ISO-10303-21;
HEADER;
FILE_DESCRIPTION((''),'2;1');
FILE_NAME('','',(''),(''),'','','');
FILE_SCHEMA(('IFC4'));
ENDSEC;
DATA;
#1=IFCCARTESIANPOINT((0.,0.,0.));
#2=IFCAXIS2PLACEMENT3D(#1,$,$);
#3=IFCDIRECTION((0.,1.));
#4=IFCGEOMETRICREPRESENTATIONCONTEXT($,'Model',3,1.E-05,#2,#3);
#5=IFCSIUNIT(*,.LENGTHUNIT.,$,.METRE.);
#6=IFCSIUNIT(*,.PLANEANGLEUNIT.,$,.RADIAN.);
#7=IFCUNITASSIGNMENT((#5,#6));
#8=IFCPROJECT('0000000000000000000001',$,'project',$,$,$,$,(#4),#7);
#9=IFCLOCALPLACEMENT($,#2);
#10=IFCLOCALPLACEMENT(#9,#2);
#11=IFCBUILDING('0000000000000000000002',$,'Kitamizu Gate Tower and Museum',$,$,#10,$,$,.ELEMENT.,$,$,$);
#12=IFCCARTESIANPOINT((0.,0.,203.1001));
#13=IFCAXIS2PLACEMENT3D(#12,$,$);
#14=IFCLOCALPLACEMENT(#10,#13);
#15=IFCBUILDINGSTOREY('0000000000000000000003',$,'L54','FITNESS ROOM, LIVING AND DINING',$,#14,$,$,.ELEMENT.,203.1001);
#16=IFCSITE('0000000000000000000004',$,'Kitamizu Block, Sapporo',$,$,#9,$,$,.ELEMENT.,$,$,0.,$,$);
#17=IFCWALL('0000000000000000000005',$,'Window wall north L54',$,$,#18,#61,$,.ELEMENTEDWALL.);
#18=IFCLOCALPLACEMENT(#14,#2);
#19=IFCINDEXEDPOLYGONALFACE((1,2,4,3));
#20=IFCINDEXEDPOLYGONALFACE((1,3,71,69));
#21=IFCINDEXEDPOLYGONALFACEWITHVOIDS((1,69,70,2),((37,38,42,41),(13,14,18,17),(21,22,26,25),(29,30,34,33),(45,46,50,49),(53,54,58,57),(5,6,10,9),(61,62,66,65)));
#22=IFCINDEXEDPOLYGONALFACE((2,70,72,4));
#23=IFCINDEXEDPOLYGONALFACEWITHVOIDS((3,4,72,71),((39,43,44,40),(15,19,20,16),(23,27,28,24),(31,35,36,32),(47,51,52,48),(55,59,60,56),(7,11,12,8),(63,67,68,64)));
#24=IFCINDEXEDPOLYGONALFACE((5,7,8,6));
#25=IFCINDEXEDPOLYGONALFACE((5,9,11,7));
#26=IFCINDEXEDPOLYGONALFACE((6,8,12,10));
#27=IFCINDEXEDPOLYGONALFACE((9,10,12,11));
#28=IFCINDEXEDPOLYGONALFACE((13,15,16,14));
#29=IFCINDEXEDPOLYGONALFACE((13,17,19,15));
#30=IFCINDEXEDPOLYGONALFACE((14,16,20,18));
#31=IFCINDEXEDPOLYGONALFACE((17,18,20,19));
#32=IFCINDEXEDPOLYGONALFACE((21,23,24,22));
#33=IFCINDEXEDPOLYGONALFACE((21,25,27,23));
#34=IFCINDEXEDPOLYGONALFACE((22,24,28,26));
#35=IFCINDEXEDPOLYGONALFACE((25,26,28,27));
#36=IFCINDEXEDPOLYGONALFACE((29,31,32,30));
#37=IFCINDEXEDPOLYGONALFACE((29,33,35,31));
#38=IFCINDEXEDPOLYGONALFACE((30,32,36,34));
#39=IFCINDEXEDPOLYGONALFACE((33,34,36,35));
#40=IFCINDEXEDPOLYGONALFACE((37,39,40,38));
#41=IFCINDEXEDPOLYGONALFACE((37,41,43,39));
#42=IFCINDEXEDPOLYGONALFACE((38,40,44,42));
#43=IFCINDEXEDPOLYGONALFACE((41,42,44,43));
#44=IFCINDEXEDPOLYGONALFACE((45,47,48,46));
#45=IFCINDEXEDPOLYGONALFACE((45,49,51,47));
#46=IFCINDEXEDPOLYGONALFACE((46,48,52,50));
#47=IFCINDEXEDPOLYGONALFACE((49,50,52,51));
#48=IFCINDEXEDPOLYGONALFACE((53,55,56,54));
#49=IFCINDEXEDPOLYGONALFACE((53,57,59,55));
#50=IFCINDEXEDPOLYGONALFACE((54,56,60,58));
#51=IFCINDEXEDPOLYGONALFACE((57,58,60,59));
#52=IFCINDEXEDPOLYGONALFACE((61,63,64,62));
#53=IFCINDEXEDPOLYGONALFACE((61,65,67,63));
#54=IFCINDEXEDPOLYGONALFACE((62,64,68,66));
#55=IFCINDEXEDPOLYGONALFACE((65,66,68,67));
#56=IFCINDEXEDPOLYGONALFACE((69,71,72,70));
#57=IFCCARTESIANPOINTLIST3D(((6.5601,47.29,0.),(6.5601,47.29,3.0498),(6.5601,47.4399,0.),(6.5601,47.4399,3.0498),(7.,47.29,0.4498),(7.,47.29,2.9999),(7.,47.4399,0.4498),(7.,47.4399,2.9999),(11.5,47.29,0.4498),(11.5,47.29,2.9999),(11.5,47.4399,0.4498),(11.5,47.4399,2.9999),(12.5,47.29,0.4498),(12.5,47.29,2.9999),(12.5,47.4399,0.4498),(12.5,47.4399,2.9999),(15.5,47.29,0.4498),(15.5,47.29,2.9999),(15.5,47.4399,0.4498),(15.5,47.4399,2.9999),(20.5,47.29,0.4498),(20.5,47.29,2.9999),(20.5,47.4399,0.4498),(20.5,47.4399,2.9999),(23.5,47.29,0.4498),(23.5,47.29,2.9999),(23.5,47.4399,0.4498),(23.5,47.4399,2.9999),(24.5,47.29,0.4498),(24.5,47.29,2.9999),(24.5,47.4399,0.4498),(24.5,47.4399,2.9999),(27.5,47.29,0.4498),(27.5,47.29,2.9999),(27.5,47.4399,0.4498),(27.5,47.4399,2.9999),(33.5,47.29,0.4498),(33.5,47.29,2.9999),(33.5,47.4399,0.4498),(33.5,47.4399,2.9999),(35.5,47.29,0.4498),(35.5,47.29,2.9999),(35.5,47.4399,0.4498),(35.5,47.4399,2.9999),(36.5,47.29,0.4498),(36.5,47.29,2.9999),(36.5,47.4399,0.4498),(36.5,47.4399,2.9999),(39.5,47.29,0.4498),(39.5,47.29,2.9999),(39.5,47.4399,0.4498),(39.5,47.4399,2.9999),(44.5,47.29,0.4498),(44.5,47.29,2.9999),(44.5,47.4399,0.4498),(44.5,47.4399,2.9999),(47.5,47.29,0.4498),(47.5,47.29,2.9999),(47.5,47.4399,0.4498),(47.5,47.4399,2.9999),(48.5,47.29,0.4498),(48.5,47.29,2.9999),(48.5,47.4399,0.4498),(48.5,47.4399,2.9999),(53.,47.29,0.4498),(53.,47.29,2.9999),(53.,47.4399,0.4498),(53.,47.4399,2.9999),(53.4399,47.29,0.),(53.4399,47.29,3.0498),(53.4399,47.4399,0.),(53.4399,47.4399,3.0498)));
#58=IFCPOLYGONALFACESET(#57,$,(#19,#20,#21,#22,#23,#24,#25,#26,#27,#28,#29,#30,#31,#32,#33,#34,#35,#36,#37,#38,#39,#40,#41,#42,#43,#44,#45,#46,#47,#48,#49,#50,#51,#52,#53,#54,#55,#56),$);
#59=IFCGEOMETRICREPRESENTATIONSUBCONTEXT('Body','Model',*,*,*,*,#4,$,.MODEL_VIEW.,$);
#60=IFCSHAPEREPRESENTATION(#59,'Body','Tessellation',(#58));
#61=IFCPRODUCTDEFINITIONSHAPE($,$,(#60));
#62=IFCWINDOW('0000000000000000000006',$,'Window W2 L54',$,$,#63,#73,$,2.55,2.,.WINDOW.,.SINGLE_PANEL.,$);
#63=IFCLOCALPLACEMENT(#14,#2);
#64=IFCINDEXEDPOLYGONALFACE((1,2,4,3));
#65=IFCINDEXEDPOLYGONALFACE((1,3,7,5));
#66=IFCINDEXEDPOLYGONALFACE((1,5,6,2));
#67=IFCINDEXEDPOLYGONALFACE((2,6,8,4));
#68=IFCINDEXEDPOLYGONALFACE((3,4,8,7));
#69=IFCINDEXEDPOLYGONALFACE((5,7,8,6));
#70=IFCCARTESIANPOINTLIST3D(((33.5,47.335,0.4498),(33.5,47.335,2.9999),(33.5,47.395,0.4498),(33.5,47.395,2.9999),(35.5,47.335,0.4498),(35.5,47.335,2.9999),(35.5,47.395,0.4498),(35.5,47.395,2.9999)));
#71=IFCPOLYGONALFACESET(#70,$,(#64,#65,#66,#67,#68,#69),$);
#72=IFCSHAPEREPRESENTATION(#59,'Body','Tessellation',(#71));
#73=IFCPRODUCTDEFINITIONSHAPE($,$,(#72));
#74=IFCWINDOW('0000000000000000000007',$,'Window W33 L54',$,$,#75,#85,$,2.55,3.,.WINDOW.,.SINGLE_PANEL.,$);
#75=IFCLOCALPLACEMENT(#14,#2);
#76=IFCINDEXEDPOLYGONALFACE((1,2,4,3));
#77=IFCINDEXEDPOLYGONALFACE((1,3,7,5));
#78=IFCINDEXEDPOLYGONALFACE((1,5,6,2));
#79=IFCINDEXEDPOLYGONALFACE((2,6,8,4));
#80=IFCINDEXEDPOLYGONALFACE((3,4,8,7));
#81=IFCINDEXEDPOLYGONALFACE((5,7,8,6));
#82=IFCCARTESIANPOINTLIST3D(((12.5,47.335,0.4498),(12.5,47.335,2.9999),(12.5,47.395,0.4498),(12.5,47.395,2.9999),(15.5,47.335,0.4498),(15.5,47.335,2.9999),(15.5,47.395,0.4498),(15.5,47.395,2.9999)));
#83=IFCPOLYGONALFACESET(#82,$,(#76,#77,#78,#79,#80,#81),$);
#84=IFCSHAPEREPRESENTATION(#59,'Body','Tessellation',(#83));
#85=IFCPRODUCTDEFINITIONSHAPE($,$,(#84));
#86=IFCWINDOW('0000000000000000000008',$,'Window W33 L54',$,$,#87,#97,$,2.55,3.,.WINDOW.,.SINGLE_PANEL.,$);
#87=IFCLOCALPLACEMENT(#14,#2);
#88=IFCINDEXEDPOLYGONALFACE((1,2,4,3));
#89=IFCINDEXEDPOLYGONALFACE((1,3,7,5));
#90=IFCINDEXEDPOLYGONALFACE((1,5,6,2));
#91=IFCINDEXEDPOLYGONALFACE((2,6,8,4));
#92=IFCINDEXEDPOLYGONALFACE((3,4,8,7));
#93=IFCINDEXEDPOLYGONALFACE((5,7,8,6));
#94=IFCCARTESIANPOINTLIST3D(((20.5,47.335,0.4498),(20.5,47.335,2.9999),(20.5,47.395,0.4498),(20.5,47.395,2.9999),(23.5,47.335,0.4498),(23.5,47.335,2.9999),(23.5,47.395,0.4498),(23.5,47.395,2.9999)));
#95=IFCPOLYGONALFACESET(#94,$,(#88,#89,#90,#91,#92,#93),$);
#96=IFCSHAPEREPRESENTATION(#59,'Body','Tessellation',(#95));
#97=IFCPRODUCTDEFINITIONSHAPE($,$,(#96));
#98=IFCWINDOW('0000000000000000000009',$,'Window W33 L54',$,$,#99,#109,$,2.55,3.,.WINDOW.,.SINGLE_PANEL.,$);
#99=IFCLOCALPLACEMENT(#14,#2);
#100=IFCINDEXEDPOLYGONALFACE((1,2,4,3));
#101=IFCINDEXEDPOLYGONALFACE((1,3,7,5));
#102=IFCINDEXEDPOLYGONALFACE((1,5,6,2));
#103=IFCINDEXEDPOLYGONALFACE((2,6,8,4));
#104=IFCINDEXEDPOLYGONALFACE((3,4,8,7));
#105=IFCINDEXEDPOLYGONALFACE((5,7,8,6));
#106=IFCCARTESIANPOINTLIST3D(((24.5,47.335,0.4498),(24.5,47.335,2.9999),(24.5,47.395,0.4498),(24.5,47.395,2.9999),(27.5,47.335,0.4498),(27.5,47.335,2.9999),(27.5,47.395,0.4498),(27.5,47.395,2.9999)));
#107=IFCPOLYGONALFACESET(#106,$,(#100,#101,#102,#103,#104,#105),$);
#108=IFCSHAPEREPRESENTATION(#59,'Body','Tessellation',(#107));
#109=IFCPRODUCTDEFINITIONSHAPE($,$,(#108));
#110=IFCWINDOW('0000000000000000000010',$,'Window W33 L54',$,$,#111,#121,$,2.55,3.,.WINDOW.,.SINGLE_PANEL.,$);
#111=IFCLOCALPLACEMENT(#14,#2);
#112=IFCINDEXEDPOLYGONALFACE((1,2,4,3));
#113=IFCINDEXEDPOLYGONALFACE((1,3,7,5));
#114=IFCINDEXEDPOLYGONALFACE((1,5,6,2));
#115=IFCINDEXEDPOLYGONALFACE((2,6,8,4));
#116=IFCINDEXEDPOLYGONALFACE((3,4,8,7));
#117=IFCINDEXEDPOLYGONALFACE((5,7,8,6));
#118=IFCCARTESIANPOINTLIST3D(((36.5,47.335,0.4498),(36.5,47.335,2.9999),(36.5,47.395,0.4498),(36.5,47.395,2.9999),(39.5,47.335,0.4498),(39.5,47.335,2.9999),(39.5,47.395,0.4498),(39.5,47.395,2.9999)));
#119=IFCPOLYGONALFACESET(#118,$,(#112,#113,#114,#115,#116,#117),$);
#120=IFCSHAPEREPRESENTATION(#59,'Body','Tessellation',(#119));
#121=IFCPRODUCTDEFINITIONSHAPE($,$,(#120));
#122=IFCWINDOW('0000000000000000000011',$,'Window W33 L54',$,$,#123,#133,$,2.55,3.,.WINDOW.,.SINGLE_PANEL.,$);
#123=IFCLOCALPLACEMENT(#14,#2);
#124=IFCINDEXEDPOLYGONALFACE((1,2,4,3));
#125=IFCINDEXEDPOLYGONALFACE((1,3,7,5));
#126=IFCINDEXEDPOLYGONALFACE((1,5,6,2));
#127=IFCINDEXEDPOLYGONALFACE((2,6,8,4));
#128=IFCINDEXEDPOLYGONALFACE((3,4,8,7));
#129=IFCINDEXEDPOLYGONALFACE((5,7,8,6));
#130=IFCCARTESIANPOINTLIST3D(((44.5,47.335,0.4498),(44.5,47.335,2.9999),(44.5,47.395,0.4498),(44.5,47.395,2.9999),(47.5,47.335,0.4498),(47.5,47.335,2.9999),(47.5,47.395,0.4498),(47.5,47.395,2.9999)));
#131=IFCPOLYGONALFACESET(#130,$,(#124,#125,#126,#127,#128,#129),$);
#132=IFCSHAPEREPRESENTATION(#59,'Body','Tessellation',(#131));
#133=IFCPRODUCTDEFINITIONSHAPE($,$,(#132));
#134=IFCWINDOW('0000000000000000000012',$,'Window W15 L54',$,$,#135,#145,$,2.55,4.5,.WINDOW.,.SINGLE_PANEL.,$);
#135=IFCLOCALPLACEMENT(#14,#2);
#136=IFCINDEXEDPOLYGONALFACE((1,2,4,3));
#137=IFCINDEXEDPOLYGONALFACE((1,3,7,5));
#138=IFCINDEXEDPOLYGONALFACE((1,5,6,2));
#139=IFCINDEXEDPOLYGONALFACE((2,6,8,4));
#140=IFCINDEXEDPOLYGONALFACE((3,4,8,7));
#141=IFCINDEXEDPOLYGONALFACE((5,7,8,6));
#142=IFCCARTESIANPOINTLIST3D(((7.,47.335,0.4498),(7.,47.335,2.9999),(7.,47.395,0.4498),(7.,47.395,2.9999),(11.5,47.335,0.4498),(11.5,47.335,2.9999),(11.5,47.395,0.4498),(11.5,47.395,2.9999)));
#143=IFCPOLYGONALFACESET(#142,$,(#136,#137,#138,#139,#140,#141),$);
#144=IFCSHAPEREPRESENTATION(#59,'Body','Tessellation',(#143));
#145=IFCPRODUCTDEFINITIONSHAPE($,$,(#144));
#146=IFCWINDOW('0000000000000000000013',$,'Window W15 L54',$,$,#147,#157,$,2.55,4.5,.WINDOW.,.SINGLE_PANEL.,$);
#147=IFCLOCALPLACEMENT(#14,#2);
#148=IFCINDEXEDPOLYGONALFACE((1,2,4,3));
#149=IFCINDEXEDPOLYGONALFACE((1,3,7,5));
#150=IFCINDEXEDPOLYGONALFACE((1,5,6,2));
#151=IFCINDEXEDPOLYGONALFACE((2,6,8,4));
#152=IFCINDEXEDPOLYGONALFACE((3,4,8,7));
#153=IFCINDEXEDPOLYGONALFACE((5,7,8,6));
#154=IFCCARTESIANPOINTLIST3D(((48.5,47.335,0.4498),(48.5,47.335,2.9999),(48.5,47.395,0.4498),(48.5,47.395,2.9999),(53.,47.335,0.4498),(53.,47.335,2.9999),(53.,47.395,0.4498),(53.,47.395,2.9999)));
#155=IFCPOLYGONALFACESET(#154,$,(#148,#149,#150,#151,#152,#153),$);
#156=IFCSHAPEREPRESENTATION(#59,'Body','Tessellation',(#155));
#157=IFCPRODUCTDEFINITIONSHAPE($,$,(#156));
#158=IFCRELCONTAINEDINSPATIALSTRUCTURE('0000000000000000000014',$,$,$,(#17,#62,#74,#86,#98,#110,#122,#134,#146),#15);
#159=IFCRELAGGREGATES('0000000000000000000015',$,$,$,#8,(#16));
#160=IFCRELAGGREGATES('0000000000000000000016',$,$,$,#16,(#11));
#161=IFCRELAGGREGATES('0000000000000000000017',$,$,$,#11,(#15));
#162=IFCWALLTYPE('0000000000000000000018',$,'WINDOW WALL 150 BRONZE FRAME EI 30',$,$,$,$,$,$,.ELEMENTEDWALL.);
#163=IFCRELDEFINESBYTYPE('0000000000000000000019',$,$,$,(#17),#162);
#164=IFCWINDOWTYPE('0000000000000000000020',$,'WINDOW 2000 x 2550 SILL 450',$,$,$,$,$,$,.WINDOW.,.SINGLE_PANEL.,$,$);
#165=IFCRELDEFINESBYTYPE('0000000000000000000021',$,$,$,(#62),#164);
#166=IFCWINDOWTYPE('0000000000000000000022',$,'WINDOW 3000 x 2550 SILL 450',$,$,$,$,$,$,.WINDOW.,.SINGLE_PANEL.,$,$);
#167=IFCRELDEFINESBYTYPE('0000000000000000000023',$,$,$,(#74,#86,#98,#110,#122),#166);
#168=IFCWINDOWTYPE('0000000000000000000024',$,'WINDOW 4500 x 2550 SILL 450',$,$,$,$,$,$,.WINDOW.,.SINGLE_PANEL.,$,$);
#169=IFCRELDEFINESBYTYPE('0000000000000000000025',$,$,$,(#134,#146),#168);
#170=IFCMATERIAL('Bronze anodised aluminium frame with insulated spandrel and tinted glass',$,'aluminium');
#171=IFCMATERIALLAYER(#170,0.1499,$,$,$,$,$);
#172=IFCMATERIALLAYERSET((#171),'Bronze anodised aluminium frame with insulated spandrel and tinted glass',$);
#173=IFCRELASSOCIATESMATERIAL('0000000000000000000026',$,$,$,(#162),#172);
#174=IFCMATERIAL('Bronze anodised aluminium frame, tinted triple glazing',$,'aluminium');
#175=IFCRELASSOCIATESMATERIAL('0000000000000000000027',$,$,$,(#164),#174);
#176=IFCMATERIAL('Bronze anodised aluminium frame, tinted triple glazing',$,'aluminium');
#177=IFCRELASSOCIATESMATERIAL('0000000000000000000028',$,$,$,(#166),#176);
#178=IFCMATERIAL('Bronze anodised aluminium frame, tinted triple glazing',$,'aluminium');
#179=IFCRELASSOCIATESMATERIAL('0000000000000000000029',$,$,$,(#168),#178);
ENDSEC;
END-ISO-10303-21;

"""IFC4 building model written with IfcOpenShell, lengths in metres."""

from ifc_helpers import new_model, si_unit, direction, frame, frame_2d, origin, place, context, subcontext, project, spatial, rectangle, extrude, material, layer, layer_set, type_object, element, fill, save


model = new_model("IFC4")

# Units and contexts
model_context = context("Model", 3, precision=1e-05, world=origin(), true_north=direction((0.0, 1.0)))
body_context = subcontext(model_context, "Body", "Model", "MODEL_VIEW")
ifc_project = project(units=[si_unit("LENGTHUNIT", "METRE"), si_unit("PLANEANGLEUNIT", "RADIAN")], contexts=[model_context])

# Site, building, storey
site_placement = place(None, origin())
site = spatial("IfcSite", under=ifc_project, at=site_placement, Name="Kitamizu Block, Sapporo", CompositionType="ELEMENT", RefElevation=0.0)
building_placement = place(site_placement, origin())
building = spatial("IfcBuilding", under=site, at=building_placement, Name="Kitamizu Gate Tower and Museum", CompositionType="ELEMENT")
storey_placement = place(building_placement, frame((0.0, 0.0, 203.1001)))
storey = spatial("IfcBuildingStorey", under=building, at=storey_placement, Name="L54", Description="FITNESS ROOM, LIVING AND DINING", CompositionType="ELEMENT", Elevation=203.1001)

# Wall, openings, windows
ifc_material_1 = material(Name="Bronze anodised aluminium frame with insulated spandrel and tinted glass", Category="aluminium")
ifc_layer_1 = layer(ifc_material_1, 0.1499)
ifc_layer_set_1 = layer_set([ifc_layer_1], Name="Bronze anodised aluminium frame with insulated spandrel and tinted glass")
wall_type_1 = type_object("IfcWallType", Name="WINDOW WALL 150 BRONZE FRAME EI 30", PredefinedType="ELEMENTEDWALL", material=ifc_layer_set_1)
wall_1_placement = place(storey_placement, frame((6.5601, 47.365, 0.0), z_axis=(0.0, 0.0, 1.0), x_axis=(1.0, 0.0, 0.0)))
wall_1 = element("IfcWall", 1, at=wall_1_placement, inside=storey, type_object=wall_type_1, Name="Window wall north L54", PredefinedType="ELEMENTEDWALL", context=body_context, shape_type="SweptSolid", body=[
    extrude(rectangle(XDim=46.8799, YDim=0.1499, at=frame_2d((23.4399, 0.0))), origin(), (0.0, 0.0, 1.0), 3.0498),
])
opening_1_placement = place(wall_1_placement, frame((0.4399, 0.0, 0.45)))
opening_1 = element("IfcOpeningElement", 2, at=opening_1_placement, cuts=wall_1, PredefinedType="OPENING", context=body_context, shape_type="SweptSolid", body=[
    extrude(rectangle(XDim=4.5, YDim=2.55, at=frame_2d((2.25, 1.2749))), frame((0.0, 0.085, 0.0), z_axis=(0.0, -1.0, 0.0), x_axis=(1.0, 0.0, 0.0)), (0.0, 0.0, 1.0), 0.1699),
])
opening_2_placement = place(wall_1_placement, frame((5.9399, 0.0, 0.45)))
opening_2 = element("IfcOpeningElement", 3, at=opening_2_placement, cuts=wall_1, PredefinedType="OPENING", context=body_context, shape_type="SweptSolid", body=[
    extrude(rectangle(XDim=3.0, YDim=2.55, at=frame_2d((1.5, 1.2749))), frame((0.0, 0.085, 0.0), z_axis=(0.0, -1.0, 0.0), x_axis=(1.0, 0.0, 0.0)), (0.0, 0.0, 1.0), 0.1699),
])
opening_3_placement = place(wall_1_placement, frame((13.9399, 0.0, 0.45)))
opening_3 = element("IfcOpeningElement", 4, at=opening_3_placement, cuts=wall_1, PredefinedType="OPENING", context=body_context, shape_type="SweptSolid", body=[
    extrude(rectangle(XDim=3.0, YDim=2.55, at=frame_2d((1.5, 1.2749))), frame((0.0, 0.085, 0.0), z_axis=(0.0, -1.0, 0.0), x_axis=(1.0, 0.0, 0.0)), (0.0, 0.0, 1.0), 0.1699),
])
opening_4_placement = place(wall_1_placement, frame((17.9399, 0.0, 0.45)))
opening_4 = element("IfcOpeningElement", 5, at=opening_4_placement, cuts=wall_1, PredefinedType="OPENING", context=body_context, shape_type="SweptSolid", body=[
    extrude(rectangle(XDim=3.0, YDim=2.55, at=frame_2d((1.5, 1.2749))), frame((0.0, 0.085, 0.0), z_axis=(0.0, -1.0, 0.0), x_axis=(1.0, 0.0, 0.0)), (0.0, 0.0, 1.0), 0.1699),
])
opening_5_placement = place(wall_1_placement, frame((26.9399, 0.0, 0.45)))
opening_5 = element("IfcOpeningElement", 6, at=opening_5_placement, cuts=wall_1, PredefinedType="OPENING", context=body_context, shape_type="SweptSolid", body=[
    extrude(rectangle(XDim=2.0, YDim=2.55, at=frame_2d((1.0, 1.2749))), frame((0.0, 0.085, 0.0), z_axis=(0.0, -1.0, 0.0), x_axis=(1.0, 0.0, 0.0)), (0.0, 0.0, 1.0), 0.1699),
])
opening_6_placement = place(wall_1_placement, frame((29.9399, 0.0, 0.45)))
opening_6 = element("IfcOpeningElement", 7, at=opening_6_placement, cuts=wall_1, PredefinedType="OPENING", context=body_context, shape_type="SweptSolid", body=[
    extrude(rectangle(XDim=3.0, YDim=2.55, at=frame_2d((1.5, 1.2749))), frame((0.0, 0.085, 0.0), z_axis=(0.0, -1.0, 0.0), x_axis=(1.0, 0.0, 0.0)), (0.0, 0.0, 1.0), 0.1699),
])
opening_7_placement = place(wall_1_placement, frame((37.9399, 0.0, 0.45)))
opening_7 = element("IfcOpeningElement", 8, at=opening_7_placement, cuts=wall_1, PredefinedType="OPENING", context=body_context, shape_type="SweptSolid", body=[
    extrude(rectangle(XDim=3.0, YDim=2.55, at=frame_2d((1.5, 1.2749))), frame((0.0, 0.085, 0.0), z_axis=(0.0, -1.0, 0.0), x_axis=(1.0, 0.0, 0.0)), (0.0, 0.0, 1.0), 0.1699),
])
opening_8_placement = place(wall_1_placement, frame((41.9399, 0.0, 0.45)))
opening_8 = element("IfcOpeningElement", 9, at=opening_8_placement, cuts=wall_1, PredefinedType="OPENING", context=body_context, shape_type="SweptSolid", body=[
    extrude(rectangle(XDim=4.5, YDim=2.55, at=frame_2d((2.25, 1.2749))), frame((0.0, 0.085, 0.0), z_axis=(0.0, -1.0, 0.0), x_axis=(1.0, 0.0, 0.0)), (0.0, 0.0, 1.0), 0.1699),
])
ifc_material_2 = material(Name="Bronze anodised aluminium frame, tinted triple glazing", Category="aluminium")
window_type_1 = type_object("IfcWindowType", Name="WINDOW 2000 x 2550 SILL 450", PartitioningType="SINGLE_PANEL", PredefinedType="WINDOW", material=ifc_material_2)
window_1_placement = place(opening_5_placement, origin())
window_1 = element("IfcWindow", 10, at=window_1_placement, inside=storey, type_object=window_type_1, Name="Window W2 L54", OverallHeight=2.55, OverallWidth=2.0, PartitioningType="SINGLE_PANEL", PredefinedType="WINDOW", context=body_context, shape_type="SweptSolid", body=[
    extrude(rectangle(XDim=2.0, YDim=2.55, at=frame_2d((1.0, 1.2749))), frame((0.0, 0.03, 0.0), z_axis=(0.0, -1.0, 0.0), x_axis=(1.0, 0.0, 0.0)), (0.0, 0.0, 1.0), 0.0601),
])
fill(opening_5, window_1)
ifc_material_3 = material(Name="Bronze anodised aluminium frame, tinted triple glazing", Category="aluminium")
window_type_2 = type_object("IfcWindowType", Name="WINDOW 3000 x 2550 SILL 450", PartitioningType="SINGLE_PANEL", PredefinedType="WINDOW", material=ifc_material_3)
window_2_placement = place(opening_2_placement, origin())
window_2 = element("IfcWindow", 11, at=window_2_placement, inside=storey, type_object=window_type_2, Name="Window W33 L54", OverallHeight=2.55, OverallWidth=3.0, PartitioningType="SINGLE_PANEL", PredefinedType="WINDOW", context=body_context, shape_type="SweptSolid", body=[
    extrude(rectangle(XDim=3.0, YDim=2.55, at=frame_2d((1.5, 1.2749))), frame((0.0, 0.03, 0.0), z_axis=(0.0, -1.0, 0.0), x_axis=(1.0, 0.0, 0.0)), (0.0, 0.0, 1.0), 0.0601),
])
fill(opening_2, window_2)
window_3_placement = place(opening_3_placement, origin())
window_3 = element("IfcWindow", 12, at=window_3_placement, inside=storey, type_object=window_type_2, Name="Window W33 L54", OverallHeight=2.55, OverallWidth=3.0, PartitioningType="SINGLE_PANEL", PredefinedType="WINDOW", context=body_context, shape_type="SweptSolid", body=[
    extrude(rectangle(XDim=3.0, YDim=2.55, at=frame_2d((1.5, 1.2749))), frame((0.0, 0.03, 0.0), z_axis=(0.0, -1.0, 0.0), x_axis=(1.0, 0.0, 0.0)), (0.0, 0.0, 1.0), 0.0601),
])
fill(opening_3, window_3)
window_4_placement = place(opening_4_placement, origin())
window_4 = element("IfcWindow", 13, at=window_4_placement, inside=storey, type_object=window_type_2, Name="Window W33 L54", OverallHeight=2.55, OverallWidth=3.0, PartitioningType="SINGLE_PANEL", PredefinedType="WINDOW", context=body_context, shape_type="SweptSolid", body=[
    extrude(rectangle(XDim=3.0, YDim=2.55, at=frame_2d((1.5, 1.2749))), frame((0.0, 0.03, 0.0), z_axis=(0.0, -1.0, 0.0), x_axis=(1.0, 0.0, 0.0)), (0.0, 0.0, 1.0), 0.0601),
])
fill(opening_4, window_4)
window_5_placement = place(opening_6_placement, origin())
window_5 = element("IfcWindow", 14, at=window_5_placement, inside=storey, type_object=window_type_2, Name="Window W33 L54", OverallHeight=2.55, OverallWidth=3.0, PartitioningType="SINGLE_PANEL", PredefinedType="WINDOW", context=body_context, shape_type="SweptSolid", body=[
    extrude(rectangle(XDim=3.0, YDim=2.55, at=frame_2d((1.5, 1.2749))), frame((0.0, 0.03, 0.0), z_axis=(0.0, -1.0, 0.0), x_axis=(1.0, 0.0, 0.0)), (0.0, 0.0, 1.0), 0.0601),
])
fill(opening_6, window_5)
window_6_placement = place(opening_7_placement, origin())
window_6 = element("IfcWindow", 15, at=window_6_placement, inside=storey, type_object=window_type_2, Name="Window W33 L54", OverallHeight=2.55, OverallWidth=3.0, PartitioningType="SINGLE_PANEL", PredefinedType="WINDOW", context=body_context, shape_type="SweptSolid", body=[
    extrude(rectangle(XDim=3.0, YDim=2.55, at=frame_2d((1.5, 1.2749))), frame((0.0, 0.03, 0.0), z_axis=(0.0, -1.0, 0.0), x_axis=(1.0, 0.0, 0.0)), (0.0, 0.0, 1.0), 0.0601),
])
fill(opening_7, window_6)
ifc_material_4 = material(Name="Bronze anodised aluminium frame, tinted triple glazing", Category="aluminium")
window_type_3 = type_object("IfcWindowType", Name="WINDOW 4500 x 2550 SILL 450", PartitioningType="SINGLE_PANEL", PredefinedType="WINDOW", material=ifc_material_4)
window_7_placement = place(opening_1_placement, origin())
window_7 = element("IfcWindow", 16, at=window_7_placement, inside=storey, type_object=window_type_3, Name="Window W15 L54", OverallHeight=2.55, OverallWidth=4.5, PartitioningType="SINGLE_PANEL", PredefinedType="WINDOW", context=body_context, shape_type="SweptSolid", body=[
    extrude(rectangle(XDim=4.5, YDim=2.55, at=frame_2d((2.25, 1.2749))), frame((0.0, 0.03, 0.0), z_axis=(0.0, -1.0, 0.0), x_axis=(1.0, 0.0, 0.0)), (0.0, 0.0, 1.0), 0.0601),
])
fill(opening_1, window_7)
window_8_placement = place(opening_8_placement, origin())
window_8 = element("IfcWindow", 17, at=window_8_placement, inside=storey, type_object=window_type_3, Name="Window W15 L54", OverallHeight=2.55, OverallWidth=4.5, PartitioningType="SINGLE_PANEL", PredefinedType="WINDOW", context=body_context, shape_type="SweptSolid", body=[
    extrude(rectangle(XDim=4.5, YDim=2.55, at=frame_2d((2.25, 1.2749))), frame((0.0, 0.03, 0.0), z_axis=(0.0, -1.0, 0.0), x_axis=(1.0, 0.0, 0.0)), (0.0, 0.0, 1.0), 0.0601),
])
fill(opening_8, window_8)

save(model, "model.ifc")
